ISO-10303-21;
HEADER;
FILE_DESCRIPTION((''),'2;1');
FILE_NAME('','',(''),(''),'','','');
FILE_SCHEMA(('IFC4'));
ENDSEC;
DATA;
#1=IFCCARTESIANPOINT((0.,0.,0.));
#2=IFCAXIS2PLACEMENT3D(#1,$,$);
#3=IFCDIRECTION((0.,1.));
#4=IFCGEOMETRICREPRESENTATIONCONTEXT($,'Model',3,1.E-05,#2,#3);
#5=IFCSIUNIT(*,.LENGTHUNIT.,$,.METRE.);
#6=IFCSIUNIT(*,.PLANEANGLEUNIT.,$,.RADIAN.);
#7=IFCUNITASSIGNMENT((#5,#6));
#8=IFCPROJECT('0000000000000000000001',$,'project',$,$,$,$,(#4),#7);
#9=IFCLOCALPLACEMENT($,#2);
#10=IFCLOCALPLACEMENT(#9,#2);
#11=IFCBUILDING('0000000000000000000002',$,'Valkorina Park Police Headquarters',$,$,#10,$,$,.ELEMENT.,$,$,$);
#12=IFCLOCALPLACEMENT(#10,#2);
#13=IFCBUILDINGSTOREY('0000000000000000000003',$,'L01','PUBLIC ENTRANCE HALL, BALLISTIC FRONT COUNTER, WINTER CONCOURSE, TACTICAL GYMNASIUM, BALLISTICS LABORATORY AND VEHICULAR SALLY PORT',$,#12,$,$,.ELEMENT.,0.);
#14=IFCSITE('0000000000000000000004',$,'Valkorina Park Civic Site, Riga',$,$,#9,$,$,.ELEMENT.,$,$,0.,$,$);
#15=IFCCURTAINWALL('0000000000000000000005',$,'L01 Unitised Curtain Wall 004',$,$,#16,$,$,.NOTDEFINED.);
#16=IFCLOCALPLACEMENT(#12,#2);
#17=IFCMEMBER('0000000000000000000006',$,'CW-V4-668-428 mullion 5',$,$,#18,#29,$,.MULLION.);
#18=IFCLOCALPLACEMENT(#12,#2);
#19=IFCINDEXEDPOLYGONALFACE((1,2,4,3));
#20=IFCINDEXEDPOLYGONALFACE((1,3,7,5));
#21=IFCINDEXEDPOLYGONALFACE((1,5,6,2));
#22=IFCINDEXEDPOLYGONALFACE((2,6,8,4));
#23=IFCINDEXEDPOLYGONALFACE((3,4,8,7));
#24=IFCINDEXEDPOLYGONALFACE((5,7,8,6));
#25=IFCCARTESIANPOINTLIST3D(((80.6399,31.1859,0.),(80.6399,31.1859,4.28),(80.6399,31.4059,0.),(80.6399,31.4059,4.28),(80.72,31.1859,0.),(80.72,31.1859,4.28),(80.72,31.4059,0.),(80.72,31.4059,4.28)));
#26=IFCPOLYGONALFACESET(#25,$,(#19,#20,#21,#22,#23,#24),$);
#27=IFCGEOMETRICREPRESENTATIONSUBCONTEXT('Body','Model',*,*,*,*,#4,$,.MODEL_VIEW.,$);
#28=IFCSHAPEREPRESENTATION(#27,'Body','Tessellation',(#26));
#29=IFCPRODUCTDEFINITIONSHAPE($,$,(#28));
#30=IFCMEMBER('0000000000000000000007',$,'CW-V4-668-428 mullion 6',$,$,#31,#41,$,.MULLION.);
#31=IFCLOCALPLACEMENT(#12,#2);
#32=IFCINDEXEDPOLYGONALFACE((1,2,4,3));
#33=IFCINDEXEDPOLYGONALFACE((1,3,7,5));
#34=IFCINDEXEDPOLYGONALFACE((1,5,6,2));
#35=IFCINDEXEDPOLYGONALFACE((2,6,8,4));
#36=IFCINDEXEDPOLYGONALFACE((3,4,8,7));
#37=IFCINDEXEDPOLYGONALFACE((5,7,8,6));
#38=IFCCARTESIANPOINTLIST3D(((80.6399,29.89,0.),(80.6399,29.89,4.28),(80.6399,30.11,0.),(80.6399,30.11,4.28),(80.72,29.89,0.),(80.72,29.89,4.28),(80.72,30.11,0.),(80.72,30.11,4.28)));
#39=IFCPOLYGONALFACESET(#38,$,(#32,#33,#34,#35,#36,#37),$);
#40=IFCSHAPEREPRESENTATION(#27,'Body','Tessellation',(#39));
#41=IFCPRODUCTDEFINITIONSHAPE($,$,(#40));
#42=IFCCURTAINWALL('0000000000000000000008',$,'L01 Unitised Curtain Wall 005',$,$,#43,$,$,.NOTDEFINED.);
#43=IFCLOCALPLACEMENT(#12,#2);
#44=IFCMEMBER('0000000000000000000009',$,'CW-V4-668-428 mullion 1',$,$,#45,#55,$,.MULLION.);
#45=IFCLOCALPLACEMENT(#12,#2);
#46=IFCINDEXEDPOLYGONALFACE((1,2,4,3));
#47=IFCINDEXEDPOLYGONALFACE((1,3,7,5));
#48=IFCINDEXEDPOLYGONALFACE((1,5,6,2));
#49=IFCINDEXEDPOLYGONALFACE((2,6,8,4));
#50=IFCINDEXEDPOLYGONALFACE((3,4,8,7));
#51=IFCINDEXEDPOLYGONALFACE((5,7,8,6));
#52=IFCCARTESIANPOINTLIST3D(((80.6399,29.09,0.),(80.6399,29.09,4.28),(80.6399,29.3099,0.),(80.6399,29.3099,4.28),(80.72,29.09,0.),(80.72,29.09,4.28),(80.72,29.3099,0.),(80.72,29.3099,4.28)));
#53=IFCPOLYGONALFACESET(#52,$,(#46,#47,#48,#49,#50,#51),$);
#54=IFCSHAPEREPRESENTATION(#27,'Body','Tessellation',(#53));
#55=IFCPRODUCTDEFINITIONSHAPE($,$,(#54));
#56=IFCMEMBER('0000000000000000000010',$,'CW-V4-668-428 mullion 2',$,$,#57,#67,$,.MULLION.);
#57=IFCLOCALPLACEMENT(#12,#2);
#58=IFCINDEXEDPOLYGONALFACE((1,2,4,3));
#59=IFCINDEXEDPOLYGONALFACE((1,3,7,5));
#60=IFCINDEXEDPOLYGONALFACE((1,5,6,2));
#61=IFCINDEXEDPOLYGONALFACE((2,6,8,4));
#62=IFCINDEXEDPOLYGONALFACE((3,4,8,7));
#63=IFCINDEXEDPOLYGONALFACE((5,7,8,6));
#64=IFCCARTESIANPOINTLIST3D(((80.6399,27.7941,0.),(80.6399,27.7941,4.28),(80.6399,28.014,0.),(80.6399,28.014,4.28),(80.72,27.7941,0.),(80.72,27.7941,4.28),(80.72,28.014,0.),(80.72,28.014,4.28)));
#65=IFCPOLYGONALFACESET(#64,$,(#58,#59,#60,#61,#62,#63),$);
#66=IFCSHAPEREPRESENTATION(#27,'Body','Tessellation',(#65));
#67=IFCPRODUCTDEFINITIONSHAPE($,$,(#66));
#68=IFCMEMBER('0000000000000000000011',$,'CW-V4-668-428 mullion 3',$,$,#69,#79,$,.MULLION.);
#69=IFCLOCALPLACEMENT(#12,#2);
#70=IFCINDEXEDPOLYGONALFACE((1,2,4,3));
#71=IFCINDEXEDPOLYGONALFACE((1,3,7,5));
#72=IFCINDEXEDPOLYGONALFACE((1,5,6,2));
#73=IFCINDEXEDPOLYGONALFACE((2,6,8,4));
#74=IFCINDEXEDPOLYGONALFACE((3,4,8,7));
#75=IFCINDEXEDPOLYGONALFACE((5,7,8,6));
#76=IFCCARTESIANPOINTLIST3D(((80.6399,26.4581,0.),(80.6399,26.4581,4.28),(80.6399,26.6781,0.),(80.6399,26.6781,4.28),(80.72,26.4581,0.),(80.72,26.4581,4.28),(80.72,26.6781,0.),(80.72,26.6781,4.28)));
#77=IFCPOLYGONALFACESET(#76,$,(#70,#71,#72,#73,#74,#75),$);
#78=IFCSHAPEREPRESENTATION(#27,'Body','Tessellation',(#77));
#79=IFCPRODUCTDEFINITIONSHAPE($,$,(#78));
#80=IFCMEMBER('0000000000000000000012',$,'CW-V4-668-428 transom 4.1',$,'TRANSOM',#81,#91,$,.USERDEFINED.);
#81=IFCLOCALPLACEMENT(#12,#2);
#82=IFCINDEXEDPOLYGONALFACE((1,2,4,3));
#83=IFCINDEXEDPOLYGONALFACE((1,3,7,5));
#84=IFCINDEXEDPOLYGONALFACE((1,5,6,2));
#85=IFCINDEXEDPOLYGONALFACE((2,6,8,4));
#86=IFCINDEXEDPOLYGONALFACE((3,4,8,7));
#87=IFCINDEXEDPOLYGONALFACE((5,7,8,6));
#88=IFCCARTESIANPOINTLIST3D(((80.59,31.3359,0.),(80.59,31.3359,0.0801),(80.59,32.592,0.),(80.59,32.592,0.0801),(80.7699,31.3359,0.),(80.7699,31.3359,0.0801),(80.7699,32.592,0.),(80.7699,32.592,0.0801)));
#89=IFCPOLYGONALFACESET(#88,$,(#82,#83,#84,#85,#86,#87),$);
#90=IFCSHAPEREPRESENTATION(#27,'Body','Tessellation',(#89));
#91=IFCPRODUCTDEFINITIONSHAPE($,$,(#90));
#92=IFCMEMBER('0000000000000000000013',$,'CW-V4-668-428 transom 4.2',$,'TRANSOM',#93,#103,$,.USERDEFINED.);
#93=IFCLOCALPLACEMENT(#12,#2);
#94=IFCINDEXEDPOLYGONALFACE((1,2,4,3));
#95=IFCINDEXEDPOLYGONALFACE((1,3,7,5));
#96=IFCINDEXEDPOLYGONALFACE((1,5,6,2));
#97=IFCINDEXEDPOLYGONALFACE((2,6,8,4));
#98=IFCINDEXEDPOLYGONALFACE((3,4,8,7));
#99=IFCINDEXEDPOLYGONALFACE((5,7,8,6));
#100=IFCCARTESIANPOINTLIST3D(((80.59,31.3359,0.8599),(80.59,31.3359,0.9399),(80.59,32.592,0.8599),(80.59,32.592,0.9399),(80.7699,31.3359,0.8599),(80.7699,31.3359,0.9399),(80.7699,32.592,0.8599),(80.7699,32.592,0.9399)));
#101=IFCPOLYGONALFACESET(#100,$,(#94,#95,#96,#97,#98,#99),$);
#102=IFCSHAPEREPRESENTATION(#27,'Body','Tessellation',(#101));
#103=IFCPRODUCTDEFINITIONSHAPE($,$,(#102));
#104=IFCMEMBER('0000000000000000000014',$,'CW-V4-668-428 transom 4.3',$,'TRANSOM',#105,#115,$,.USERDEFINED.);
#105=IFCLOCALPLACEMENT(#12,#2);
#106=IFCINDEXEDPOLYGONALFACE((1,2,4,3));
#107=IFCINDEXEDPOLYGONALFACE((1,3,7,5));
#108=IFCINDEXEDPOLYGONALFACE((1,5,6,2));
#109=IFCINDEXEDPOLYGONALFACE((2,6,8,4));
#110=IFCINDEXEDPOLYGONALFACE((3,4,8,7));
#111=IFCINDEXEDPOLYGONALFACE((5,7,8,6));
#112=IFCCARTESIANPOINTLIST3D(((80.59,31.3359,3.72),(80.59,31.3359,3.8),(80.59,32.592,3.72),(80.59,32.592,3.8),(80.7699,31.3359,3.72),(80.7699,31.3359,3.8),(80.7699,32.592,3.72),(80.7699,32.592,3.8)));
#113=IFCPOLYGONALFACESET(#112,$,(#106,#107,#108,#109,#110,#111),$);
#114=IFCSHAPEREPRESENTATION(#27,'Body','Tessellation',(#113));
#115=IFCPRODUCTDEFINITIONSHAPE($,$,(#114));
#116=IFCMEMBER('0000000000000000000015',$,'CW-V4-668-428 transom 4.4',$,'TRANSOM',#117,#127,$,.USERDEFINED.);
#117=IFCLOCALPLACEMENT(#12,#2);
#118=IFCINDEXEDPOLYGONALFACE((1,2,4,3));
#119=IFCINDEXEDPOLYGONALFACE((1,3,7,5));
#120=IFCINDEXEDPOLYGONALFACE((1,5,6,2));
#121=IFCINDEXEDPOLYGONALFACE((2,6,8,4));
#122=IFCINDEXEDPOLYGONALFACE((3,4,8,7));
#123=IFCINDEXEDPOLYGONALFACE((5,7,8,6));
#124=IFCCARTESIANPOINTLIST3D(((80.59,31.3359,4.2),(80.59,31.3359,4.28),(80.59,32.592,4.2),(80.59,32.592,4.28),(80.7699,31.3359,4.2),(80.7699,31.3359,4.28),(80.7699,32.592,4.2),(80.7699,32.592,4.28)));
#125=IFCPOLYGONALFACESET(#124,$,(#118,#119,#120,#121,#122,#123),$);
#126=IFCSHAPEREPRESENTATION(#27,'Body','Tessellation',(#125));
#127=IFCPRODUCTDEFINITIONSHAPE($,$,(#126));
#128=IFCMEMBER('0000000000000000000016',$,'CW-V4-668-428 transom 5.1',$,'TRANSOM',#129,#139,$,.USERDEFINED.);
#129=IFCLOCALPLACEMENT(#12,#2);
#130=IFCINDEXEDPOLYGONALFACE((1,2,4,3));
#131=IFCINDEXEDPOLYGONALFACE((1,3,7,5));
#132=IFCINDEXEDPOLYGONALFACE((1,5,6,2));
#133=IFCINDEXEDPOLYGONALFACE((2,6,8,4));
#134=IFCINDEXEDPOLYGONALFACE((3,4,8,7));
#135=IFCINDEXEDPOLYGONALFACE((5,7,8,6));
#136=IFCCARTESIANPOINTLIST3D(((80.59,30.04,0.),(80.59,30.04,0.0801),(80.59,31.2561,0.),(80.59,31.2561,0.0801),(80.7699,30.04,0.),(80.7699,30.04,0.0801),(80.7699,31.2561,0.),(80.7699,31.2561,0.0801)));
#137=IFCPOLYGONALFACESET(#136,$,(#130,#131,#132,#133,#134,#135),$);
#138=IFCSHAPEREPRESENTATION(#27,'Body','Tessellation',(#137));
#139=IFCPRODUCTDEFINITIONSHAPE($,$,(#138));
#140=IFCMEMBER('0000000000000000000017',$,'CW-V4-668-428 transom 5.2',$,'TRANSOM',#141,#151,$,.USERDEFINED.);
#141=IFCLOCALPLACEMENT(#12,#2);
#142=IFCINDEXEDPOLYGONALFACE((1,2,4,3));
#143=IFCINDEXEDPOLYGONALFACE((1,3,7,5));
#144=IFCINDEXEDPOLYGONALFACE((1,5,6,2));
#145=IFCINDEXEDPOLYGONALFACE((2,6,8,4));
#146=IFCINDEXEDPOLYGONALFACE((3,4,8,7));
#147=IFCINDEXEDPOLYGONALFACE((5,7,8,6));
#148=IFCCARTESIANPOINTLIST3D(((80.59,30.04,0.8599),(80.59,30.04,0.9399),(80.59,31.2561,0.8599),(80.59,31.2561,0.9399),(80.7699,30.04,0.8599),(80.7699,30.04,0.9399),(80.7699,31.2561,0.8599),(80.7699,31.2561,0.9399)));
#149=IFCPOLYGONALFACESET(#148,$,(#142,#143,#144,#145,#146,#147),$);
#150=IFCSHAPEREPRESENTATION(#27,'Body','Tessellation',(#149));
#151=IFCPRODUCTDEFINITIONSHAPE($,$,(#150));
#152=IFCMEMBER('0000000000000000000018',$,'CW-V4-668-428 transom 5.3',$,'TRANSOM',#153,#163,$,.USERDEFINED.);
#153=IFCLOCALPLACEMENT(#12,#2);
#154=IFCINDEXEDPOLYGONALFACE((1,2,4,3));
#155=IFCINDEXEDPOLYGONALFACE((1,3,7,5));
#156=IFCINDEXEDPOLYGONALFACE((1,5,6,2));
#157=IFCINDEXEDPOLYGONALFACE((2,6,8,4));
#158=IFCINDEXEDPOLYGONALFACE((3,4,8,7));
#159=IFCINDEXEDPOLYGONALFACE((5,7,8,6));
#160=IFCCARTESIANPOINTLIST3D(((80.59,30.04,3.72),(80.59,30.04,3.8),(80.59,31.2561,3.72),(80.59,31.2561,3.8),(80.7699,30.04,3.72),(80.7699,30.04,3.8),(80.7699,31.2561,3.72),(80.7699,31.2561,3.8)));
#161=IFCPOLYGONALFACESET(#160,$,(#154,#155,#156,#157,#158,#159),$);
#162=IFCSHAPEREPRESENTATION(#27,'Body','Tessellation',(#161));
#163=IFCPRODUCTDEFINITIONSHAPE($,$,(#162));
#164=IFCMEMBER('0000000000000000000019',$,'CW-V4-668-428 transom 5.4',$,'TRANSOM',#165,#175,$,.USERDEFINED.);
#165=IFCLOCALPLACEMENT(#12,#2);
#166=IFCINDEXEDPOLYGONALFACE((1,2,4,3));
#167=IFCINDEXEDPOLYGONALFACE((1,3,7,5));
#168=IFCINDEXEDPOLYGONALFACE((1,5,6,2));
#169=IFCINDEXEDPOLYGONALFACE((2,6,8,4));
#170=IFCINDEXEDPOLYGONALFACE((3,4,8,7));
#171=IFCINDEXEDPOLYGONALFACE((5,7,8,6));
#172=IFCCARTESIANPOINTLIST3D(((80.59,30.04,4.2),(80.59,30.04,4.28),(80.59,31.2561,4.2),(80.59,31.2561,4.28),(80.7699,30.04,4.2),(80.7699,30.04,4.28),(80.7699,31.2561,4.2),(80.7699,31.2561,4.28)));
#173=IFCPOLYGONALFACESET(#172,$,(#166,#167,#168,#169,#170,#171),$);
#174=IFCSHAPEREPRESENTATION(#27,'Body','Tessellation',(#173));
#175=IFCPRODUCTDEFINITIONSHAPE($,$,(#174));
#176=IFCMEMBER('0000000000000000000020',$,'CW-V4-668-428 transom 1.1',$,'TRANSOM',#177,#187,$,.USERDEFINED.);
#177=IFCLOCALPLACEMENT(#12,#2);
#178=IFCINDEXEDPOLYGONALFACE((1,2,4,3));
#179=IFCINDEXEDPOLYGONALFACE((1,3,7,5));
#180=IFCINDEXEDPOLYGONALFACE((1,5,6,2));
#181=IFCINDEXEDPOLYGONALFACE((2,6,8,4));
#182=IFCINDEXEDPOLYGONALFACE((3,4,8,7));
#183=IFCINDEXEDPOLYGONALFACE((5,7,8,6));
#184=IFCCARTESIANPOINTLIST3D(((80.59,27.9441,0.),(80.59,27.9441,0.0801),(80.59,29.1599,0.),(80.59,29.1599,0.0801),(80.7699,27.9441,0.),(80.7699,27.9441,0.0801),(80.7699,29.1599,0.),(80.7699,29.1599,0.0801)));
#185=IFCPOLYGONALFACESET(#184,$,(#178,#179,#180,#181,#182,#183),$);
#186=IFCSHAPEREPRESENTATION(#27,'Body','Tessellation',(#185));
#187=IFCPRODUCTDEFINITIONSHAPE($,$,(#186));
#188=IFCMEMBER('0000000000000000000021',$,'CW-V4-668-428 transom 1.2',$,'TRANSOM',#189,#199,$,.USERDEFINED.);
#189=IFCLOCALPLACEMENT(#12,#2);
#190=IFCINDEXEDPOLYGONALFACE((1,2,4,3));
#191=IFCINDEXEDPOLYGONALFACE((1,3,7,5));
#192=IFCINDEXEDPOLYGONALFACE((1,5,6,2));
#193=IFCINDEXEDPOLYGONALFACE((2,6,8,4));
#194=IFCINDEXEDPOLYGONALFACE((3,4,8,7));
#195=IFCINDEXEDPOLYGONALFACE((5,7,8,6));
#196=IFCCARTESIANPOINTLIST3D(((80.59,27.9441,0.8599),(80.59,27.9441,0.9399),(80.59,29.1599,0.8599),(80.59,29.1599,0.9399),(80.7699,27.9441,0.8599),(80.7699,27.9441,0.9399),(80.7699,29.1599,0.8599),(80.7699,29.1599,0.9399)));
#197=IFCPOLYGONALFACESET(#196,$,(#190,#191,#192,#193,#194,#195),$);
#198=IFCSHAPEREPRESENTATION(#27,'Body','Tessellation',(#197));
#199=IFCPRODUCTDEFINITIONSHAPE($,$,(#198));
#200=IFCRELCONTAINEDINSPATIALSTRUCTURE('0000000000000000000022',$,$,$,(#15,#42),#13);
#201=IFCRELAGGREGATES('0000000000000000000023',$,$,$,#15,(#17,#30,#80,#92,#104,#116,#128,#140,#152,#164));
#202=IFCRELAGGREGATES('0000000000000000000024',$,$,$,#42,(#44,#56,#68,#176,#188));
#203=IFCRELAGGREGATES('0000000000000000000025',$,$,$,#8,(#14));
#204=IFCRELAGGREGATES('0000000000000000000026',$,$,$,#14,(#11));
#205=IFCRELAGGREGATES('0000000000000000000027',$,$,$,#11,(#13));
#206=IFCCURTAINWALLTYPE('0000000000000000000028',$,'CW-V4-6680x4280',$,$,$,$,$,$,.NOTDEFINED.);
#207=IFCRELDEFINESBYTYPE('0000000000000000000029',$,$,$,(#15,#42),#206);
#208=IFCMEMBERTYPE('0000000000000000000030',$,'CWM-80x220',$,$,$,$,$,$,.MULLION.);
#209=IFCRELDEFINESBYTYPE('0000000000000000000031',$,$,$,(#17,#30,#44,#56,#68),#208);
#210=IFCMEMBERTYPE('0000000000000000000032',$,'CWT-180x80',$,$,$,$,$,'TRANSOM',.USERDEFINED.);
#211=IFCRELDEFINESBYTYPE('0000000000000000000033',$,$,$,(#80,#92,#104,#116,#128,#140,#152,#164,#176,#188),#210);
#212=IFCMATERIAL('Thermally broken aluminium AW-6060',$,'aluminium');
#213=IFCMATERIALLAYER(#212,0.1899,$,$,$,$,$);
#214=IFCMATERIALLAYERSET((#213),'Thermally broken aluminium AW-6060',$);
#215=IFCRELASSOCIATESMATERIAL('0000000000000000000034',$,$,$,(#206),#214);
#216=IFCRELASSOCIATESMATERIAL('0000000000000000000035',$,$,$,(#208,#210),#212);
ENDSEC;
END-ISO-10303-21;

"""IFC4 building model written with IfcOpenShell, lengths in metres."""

from ifc_helpers import new_model, si_unit, direction, frame, origin, origin_2d, place, context, subcontext, project, spatial, rectangle, extrude, material, layer, layer_set, material_profile, profile_set, type_object, element, aggregate, save


model = new_model("IFC4")

# Units and contexts
model_context = context("Model", 3, precision=1e-05, world=origin(), true_north=direction((0.0, 1.0)))
body_context = subcontext(model_context, "Body", "Model", "MODEL_VIEW")
ifc_project = project(units=[si_unit("LENGTHUNIT", "METRE"), si_unit("PLANEANGLEUNIT", "RADIAN")], contexts=[model_context])

# Site, building, storey
site_placement = place(None, origin())
site = spatial("IfcSite", under=ifc_project, at=site_placement, Name="Valkorina Park Civic Site, Riga", CompositionType="ELEMENT", RefElevation=0.0)
building_placement = place(site_placement, origin())
building = spatial("IfcBuilding", under=site, at=building_placement, Name="Valkorina Park Police Headquarters", CompositionType="ELEMENT")
storey_placement = place(building_placement, origin())
storey = spatial("IfcBuildingStorey", under=building, at=storey_placement, Name="L01", Description="PUBLIC ENTRANCE HALL, BALLISTIC FRONT COUNTER, WINTER CONCOURSE, TACTICAL GYMNASIUM, BALLISTICS LABORATORY AND VEHICULAR SALLY PORT", CompositionType="ELEMENT", Elevation=0.0)

# Curtain walls, members
ifc_material_1 = material(Name="Thermally broken aluminium AW-6060", Category="aluminium")
ifc_layer_1 = layer(ifc_material_1, 0.1899)
ifc_layer_set_1 = layer_set([ifc_layer_1], Name="Thermally broken aluminium AW-6060")
curtain_wall_type = type_object("IfcCurtainWallType", Name="CW-V4-6680x4280", PredefinedType="NOTDEFINED", material=ifc_layer_set_1)
curtain_wall_1_placement = place(storey_placement, origin())
curtain_wall_1 = element("IfcCurtainWall", 1, at=curtain_wall_1_placement, inside=storey, type_object=curtain_wall_type, Name="L01 Unitised Curtain Wall 004", PredefinedType="NOTDEFINED")
ifc_material_profile_1 = material_profile(ifc_material_1, rectangle(XDim=0.0801, YDim=0.22, at=origin_2d()), Name="CWM-03 80x220")
ifc_profile_set_1 = profile_set([ifc_material_profile_1], Name="Thermally broken aluminium AW-6060")
member_type_1 = type_object("IfcMemberType", Name="CWM-80x220", PredefinedType="MULLION", material=ifc_profile_set_1)
member_1_placement = place(storey_placement, frame((80.6799, 31.2959, 0.0), z_axis=(0.0, 0.0, 1.0), x_axis=(1.0, 0.0, 0.0)))
member_1 = element("IfcMember", 2, at=member_1_placement, type_object=member_type_1, Name="CW-V4-668-428 mullion 5", PredefinedType="MULLION", context=body_context, shape_type="SweptSolid", body=[
    extrude(rectangle(XDim=0.0801, YDim=0.22, at=origin_2d()), origin(), (0.0, 0.0, 1.0), 4.28),
])
member_2_placement = place(storey_placement, frame((80.6799, 30.0, 0.0), z_axis=(0.0, 0.0, 1.0), x_axis=(1.0, 0.0, 0.0)))
member_2 = element("IfcMember", 3, at=member_2_placement, type_object=member_type_1, Name="CW-V4-668-428 mullion 6", PredefinedType="MULLION", context=body_context, shape_type="SweptSolid", body=[
    extrude(rectangle(XDim=0.0801, YDim=0.22, at=origin_2d()), origin(), (0.0, 0.0, 1.0), 4.28),
])
curtain_wall_2_placement = place(storey_placement, origin())
curtain_wall_2 = element("IfcCurtainWall", 4, at=curtain_wall_2_placement, inside=storey, type_object=curtain_wall_type, Name="L01 Unitised Curtain Wall 005", PredefinedType="NOTDEFINED")
member_3_placement = place(storey_placement, frame((80.6799, 29.2, 0.0), z_axis=(0.0, 0.0, 1.0), x_axis=(1.0, 0.0, 0.0)))
member_3 = element("IfcMember", 5, at=member_3_placement, type_object=member_type_1, Name="CW-V4-668-428 mullion 1", PredefinedType="MULLION", context=body_context, shape_type="SweptSolid", body=[
    extrude(rectangle(XDim=0.0801, YDim=0.22, at=origin_2d()), origin(), (0.0, 0.0, 1.0), 4.28),
])
member_4_placement = place(storey_placement, frame((80.6799, 27.9041, 0.0), z_axis=(0.0, 0.0, 1.0), x_axis=(1.0, 0.0, 0.0)))
member_4 = element("IfcMember", 6, at=member_4_placement, type_object=member_type_1, Name="CW-V4-668-428 mullion 2", PredefinedType="MULLION", context=body_context, shape_type="SweptSolid", body=[
    extrude(rectangle(XDim=0.0801, YDim=0.22, at=origin_2d()), origin(), (0.0, 0.0, 1.0), 4.28),
])
member_5_placement = place(storey_placement, frame((80.6799, 26.5681, 0.0), z_axis=(0.0, 0.0, 1.0), x_axis=(1.0, 0.0, 0.0)))
member_5 = element("IfcMember", 7, at=member_5_placement, type_object=member_type_1, Name="CW-V4-668-428 mullion 3", PredefinedType="MULLION", context=body_context, shape_type="SweptSolid", body=[
    extrude(rectangle(XDim=0.0801, YDim=0.22, at=origin_2d()), origin(), (0.0, 0.0, 1.0), 4.28),
])

# Members
ifc_material_profile_2 = material_profile(ifc_material_1, rectangle(XDim=0.1799, YDim=0.0801, at=origin_2d()), Name="CWT-03 180x80")
ifc_profile_set_2 = profile_set([ifc_material_profile_2], Name="Thermally broken aluminium AW-6060")
member_type_2 = type_object("IfcMemberType", Name="CWT-180x80", ElementType="TRANSOM", PredefinedType="USERDEFINED", material=ifc_profile_set_2)
member_6_placement = place(storey_placement, frame((80.6799, 32.592, 0.04), z_axis=(0.0, -1.0, 0.0), x_axis=(1.0, 0.0, 0.0)))
member_6 = element("IfcMember", 8, at=member_6_placement, type_object=member_type_2, Name="CW-V4-668-428 transom 4.1", ObjectType="TRANSOM", PredefinedType="USERDEFINED", context=body_context, shape_type="SweptSolid", body=[
    extrude(rectangle(XDim=0.1799, YDim=0.0801, at=origin_2d()), origin(), (0.0, 0.0, 1.0), 1.2561),
])
member_7_placement = place(storey_placement, frame((80.6799, 32.592, 0.8999), z_axis=(0.0, -1.0, 0.0), x_axis=(1.0, 0.0, 0.0)))
member_7 = element("IfcMember", 9, at=member_7_placement, type_object=member_type_2, Name="CW-V4-668-428 transom 4.2", ObjectType="TRANSOM", PredefinedType="USERDEFINED", context=body_context, shape_type="SweptSolid", body=[
    extrude(rectangle(XDim=0.1799, YDim=0.0801, at=origin_2d()), origin(), (0.0, 0.0, 1.0), 1.2561),
])
member_8_placement = place(storey_placement, frame((80.6799, 32.592, 3.76), z_axis=(0.0, -1.0, 0.0), x_axis=(1.0, 0.0, 0.0)))
member_8 = element("IfcMember", 10, at=member_8_placement, type_object=member_type_2, Name="CW-V4-668-428 transom 4.3", ObjectType="TRANSOM", PredefinedType="USERDEFINED", context=body_context, shape_type="SweptSolid", body=[
    extrude(rectangle(XDim=0.1799, YDim=0.0801, at=origin_2d()), origin(), (0.0, 0.0, 1.0), 1.2561),
])
member_9_placement = place(storey_placement, frame((80.6799, 32.592, 4.24), z_axis=(0.0, -1.0, 0.0), x_axis=(1.0, 0.0, 0.0)))
member_9 = element("IfcMember", 11, at=member_9_placement, type_object=member_type_2, Name="CW-V4-668-428 transom 4.4", ObjectType="TRANSOM", PredefinedType="USERDEFINED", context=body_context, shape_type="SweptSolid", body=[
    extrude(rectangle(XDim=0.1799, YDim=0.0801, at=origin_2d()), origin(), (0.0, 0.0, 1.0), 1.2561),
])
member_10_placement = place(storey_placement, frame((80.6799, 31.2561, 0.04), z_axis=(0.0, -1.0, 0.0), x_axis=(1.0, 0.0, 0.0)))
member_10 = element("IfcMember", 12, at=member_10_placement, type_object=member_type_2, Name="CW-V4-668-428 transom 5.1", ObjectType="TRANSOM", PredefinedType="USERDEFINED", context=body_context, shape_type="SweptSolid", body=[
    extrude(rectangle(XDim=0.1799, YDim=0.0801, at=origin_2d()), origin(), (0.0, 0.0, 1.0), 1.2161),
])
member_11_placement = place(storey_placement, frame((80.6799, 31.2561, 0.8999), z_axis=(0.0, -1.0, 0.0), x_axis=(1.0, 0.0, 0.0)))
member_11 = element("IfcMember", 13, at=member_11_placement, type_object=member_type_2, Name="CW-V4-668-428 transom 5.2", ObjectType="TRANSOM", PredefinedType="USERDEFINED", context=body_context, shape_type="SweptSolid", body=[
    extrude(rectangle(XDim=0.1799, YDim=0.0801, at=origin_2d()), origin(), (0.0, 0.0, 1.0), 1.2161),
])
member_12_placement = place(storey_placement, frame((80.6799, 31.2561, 3.76), z_axis=(0.0, -1.0, 0.0), x_axis=(1.0, 0.0, 0.0)))
member_12 = element("IfcMember", 14, at=member_12_placement, type_object=member_type_2, Name="CW-V4-668-428 transom 5.3", ObjectType="TRANSOM", PredefinedType="USERDEFINED", context=body_context, shape_type="SweptSolid", body=[
    extrude(rectangle(XDim=0.1799, YDim=0.0801, at=origin_2d()), origin(), (0.0, 0.0, 1.0), 1.2161),
])
member_13_placement = place(storey_placement, frame((80.6799, 31.2561, 4.24), z_axis=(0.0, -1.0, 0.0), x_axis=(1.0, 0.0, 0.0)))
member_13 = element("IfcMember", 15, at=member_13_placement, type_object=member_type_2, Name="CW-V4-668-428 transom 5.4", ObjectType="TRANSOM", PredefinedType="USERDEFINED", context=body_context, shape_type="SweptSolid", body=[
    extrude(rectangle(XDim=0.1799, YDim=0.0801, at=origin_2d()), origin(), (0.0, 0.0, 1.0), 1.2161),
])
member_14_placement = place(storey_placement, frame((80.6799, 29.1599, 0.04), z_axis=(0.0, -1.0, 0.0), x_axis=(1.0, 0.0, 0.0)))
member_14 = element("IfcMember", 16, at=member_14_placement, type_object=member_type_2, Name="CW-V4-668-428 transom 1.1", ObjectType="TRANSOM", PredefinedType="USERDEFINED", context=body_context, shape_type="SweptSolid", body=[
    extrude(rectangle(XDim=0.1799, YDim=0.0801, at=origin_2d()), origin(), (0.0, 0.0, 1.0), 1.2158),
])
member_15_placement = place(storey_placement, frame((80.6799, 29.1599, 0.8999), z_axis=(0.0, -1.0, 0.0), x_axis=(1.0, 0.0, 0.0)))
member_15 = element("IfcMember", 17, at=member_15_placement, type_object=member_type_2, Name="CW-V4-668-428 transom 1.2", ObjectType="TRANSOM", PredefinedType="USERDEFINED", context=body_context, shape_type="SweptSolid", body=[
    extrude(rectangle(XDim=0.1799, YDim=0.0801, at=origin_2d()), origin(), (0.0, 0.0, 1.0), 1.2158),
])

aggregate(curtain_wall_1, [member_1, member_2, member_6, member_7, member_8, member_9, member_10, member_11, member_12, member_13])
aggregate(curtain_wall_2, [member_3, member_4, member_5, member_14, member_15])

save(model, "model.ifc")
